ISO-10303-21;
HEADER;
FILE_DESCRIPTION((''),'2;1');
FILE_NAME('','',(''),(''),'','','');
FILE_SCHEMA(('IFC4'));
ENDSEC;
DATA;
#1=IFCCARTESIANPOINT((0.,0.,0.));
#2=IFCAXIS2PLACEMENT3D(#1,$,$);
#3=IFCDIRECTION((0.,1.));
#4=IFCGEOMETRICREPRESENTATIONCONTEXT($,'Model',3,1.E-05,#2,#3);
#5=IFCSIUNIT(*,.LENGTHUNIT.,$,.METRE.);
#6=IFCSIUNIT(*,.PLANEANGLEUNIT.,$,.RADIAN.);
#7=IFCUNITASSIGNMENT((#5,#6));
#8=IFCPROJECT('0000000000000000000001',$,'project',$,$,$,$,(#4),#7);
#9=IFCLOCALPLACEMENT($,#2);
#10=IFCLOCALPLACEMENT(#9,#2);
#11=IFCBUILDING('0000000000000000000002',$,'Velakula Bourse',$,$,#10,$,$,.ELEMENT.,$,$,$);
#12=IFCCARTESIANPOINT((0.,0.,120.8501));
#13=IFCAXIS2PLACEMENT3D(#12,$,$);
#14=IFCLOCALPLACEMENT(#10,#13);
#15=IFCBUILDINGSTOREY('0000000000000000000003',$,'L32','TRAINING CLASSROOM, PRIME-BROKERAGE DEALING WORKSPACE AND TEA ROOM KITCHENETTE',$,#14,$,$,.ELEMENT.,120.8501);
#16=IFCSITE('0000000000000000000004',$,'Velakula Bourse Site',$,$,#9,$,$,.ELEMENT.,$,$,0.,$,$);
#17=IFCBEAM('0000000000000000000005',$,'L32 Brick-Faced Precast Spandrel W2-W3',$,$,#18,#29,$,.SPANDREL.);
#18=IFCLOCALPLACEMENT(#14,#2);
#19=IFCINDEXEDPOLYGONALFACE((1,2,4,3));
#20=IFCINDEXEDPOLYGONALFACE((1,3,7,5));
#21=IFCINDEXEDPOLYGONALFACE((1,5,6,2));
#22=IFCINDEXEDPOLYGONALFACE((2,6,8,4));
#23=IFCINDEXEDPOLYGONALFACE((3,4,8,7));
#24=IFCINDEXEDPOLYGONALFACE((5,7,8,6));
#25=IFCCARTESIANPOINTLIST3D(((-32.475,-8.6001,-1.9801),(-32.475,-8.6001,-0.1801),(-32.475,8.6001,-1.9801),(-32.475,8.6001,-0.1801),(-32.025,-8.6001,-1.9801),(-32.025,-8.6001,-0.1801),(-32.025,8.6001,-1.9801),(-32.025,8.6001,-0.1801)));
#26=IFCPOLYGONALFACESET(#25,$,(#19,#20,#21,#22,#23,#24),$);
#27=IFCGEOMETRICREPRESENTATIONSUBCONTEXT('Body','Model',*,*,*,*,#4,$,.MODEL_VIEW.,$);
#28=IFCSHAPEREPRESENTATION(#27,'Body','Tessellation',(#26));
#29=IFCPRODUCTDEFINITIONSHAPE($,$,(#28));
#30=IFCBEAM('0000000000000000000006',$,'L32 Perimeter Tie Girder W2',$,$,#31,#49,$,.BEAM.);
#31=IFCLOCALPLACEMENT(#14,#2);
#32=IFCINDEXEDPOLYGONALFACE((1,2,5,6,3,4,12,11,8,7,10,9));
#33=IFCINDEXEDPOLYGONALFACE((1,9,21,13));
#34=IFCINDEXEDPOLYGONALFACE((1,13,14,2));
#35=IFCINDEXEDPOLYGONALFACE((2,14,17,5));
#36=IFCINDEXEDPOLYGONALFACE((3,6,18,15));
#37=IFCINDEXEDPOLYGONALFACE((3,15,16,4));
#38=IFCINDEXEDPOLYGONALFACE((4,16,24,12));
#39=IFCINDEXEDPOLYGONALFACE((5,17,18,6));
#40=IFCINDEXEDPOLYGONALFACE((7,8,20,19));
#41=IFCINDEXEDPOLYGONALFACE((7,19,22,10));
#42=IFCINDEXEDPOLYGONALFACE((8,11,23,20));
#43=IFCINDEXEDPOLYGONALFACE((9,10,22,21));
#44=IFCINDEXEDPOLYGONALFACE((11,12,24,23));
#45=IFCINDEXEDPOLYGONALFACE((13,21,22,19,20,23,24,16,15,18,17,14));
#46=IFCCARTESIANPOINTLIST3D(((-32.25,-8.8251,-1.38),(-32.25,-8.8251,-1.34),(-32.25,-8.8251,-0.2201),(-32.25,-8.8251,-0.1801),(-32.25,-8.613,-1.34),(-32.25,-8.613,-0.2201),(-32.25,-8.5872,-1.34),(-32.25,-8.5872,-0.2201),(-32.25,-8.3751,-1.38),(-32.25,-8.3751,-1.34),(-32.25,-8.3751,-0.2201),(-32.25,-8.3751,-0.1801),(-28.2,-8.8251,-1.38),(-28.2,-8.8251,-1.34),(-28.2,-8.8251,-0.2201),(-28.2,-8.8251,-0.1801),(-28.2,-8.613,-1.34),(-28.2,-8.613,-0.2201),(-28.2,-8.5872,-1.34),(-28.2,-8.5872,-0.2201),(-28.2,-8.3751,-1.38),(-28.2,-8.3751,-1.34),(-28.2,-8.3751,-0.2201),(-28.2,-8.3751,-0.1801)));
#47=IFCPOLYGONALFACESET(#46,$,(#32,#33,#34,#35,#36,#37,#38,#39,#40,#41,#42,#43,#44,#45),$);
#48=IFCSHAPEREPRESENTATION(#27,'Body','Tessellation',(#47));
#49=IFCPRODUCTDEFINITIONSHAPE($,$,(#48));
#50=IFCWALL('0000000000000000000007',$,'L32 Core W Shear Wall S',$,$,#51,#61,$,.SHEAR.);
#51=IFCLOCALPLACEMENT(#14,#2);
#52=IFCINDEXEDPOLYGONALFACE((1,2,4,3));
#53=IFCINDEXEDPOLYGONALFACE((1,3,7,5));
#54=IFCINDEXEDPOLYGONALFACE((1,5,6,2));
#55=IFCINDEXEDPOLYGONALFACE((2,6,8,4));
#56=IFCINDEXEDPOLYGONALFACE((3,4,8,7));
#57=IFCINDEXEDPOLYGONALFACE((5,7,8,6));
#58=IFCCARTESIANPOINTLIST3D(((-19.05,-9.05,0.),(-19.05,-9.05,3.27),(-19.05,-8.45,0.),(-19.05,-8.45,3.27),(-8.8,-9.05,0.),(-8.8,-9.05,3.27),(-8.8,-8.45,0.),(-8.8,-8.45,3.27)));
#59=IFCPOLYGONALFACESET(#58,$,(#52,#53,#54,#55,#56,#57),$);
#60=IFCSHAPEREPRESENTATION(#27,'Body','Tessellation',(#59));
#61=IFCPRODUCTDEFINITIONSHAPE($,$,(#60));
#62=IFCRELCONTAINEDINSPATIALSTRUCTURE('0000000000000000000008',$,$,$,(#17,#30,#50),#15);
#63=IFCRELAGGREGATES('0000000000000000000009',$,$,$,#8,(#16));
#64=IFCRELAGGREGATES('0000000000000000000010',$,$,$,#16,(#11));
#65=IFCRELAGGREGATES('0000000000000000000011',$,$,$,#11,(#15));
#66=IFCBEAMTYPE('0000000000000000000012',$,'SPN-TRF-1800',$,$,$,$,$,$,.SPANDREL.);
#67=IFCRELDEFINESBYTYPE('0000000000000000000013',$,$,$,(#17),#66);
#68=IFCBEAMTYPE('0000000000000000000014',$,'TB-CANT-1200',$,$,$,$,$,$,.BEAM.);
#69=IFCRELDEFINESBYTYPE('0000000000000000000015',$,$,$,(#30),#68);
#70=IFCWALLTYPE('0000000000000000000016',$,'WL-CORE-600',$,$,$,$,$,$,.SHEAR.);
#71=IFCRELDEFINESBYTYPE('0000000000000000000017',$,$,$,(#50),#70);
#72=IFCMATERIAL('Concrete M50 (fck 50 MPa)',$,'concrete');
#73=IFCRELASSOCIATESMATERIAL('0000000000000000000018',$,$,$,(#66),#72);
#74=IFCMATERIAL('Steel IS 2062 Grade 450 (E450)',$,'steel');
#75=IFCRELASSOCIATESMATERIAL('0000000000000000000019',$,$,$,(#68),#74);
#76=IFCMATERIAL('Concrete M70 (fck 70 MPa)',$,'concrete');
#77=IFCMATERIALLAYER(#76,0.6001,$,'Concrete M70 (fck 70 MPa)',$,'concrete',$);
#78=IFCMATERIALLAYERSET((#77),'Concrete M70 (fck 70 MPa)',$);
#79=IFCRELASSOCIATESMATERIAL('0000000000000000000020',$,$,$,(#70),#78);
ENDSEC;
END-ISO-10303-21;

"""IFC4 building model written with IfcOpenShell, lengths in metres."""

from ifc_helpers import new_model, si_unit, direction, frame, frame_2d, origin, origin_2d, place, context, subcontext, project, spatial, rectangle, i_section, extrude, material, layer, layer_set, material_profile, profile_set, type_object, element, save


model = new_model("IFC4")

# Units and contexts
model_context = context("Model", 3, precision=1e-05, world=origin(), true_north=direction((0.0, 1.0)))
body_context = subcontext(model_context, "Body", "Model", "MODEL_VIEW")
ifc_project = project(units=[si_unit("LENGTHUNIT", "METRE"), si_unit("PLANEANGLEUNIT", "RADIAN")], contexts=[model_context])

# Site, building, storey
site_placement = place(None, origin())
site = spatial("IfcSite", under=ifc_project, at=site_placement, Name="Velakula Bourse Site", CompositionType="ELEMENT", RefElevation=0.0)
building_placement = place(site_placement, origin())
building = spatial("IfcBuilding", under=site, at=building_placement, Name="Velakula Bourse", CompositionType="ELEMENT")
storey_placement = place(building_placement, frame((0.0, 0.0, 120.8501)))
storey = spatial("IfcBuildingStorey", under=building, at=storey_placement, Name="L32", Description="TRAINING CLASSROOM, PRIME-BROKERAGE DEALING WORKSPACE AND TEA ROOM KITCHENETTE", CompositionType="ELEMENT", Elevation=120.8501)

# Beams
ifc_material_1 = material(Name="Concrete M50 (fck 50 MPa)", Category="concrete")
ifc_material_profile_1 = material_profile(ifc_material_1, rectangle(XDim=0.45, YDim=1.8, at=origin_2d()), Name="Concrete M50 (fck 50 MPa)")
ifc_profile_set_1 = profile_set([ifc_material_profile_1], Name="Concrete M50 (fck 50 MPa)")
beam_type_1 = type_object("IfcBeamType", Name="SPN-TRF-1800", PredefinedType="SPANDREL", material=ifc_profile_set_1)
beam_1_placement = place(storey_placement, frame((-32.25, -8.6001, -1.0801), z_axis=(0.0, 1.0, 0.0), x_axis=(-1.0, 0.0, 0.0)))
element("IfcBeam", 1, at=beam_1_placement, inside=storey, type_object=beam_type_1, Name="L32 Brick-Faced Precast Spandrel W2-W3", PredefinedType="SPANDREL", context=body_context, shape_type="SweptSolid", body=[
    extrude(rectangle(XDim=0.45, YDim=1.8, at=origin_2d()), origin(), (0.0, 0.0, 1.0), 17.2002),
])
ifc_material_2 = material(Name="Steel IS 2062 Grade 450 (E450)", Category="steel")
ifc_material_profile_2 = material_profile(ifc_material_2, i_section(OverallWidth=0.45, OverallDepth=1.2, WebThickness=0.0259, FlangeThickness=0.04, at=origin_2d()), Name="Steel IS 2062 Grade 450 (E450)")
ifc_profile_set_2 = profile_set([ifc_material_profile_2], Name="Steel IS 2062 Grade 450 (E450)")
beam_type_2 = type_object("IfcBeamType", Name="TB-CANT-1200", PredefinedType="BEAM", material=ifc_profile_set_2)
beam_2_placement = place(storey_placement, frame((-28.2, -8.6001, -0.78), z_axis=(-1.0, 0.0, 0.0), x_axis=(0.0, -1.0, 0.0)))
element("IfcBeam", 2, at=beam_2_placement, inside=storey, type_object=beam_type_2, Name="L32 Perimeter Tie Girder W2", PredefinedType="BEAM", context=body_context, shape_type="SweptSolid", body=[
    extrude(i_section(OverallWidth=0.45, OverallDepth=1.2, WebThickness=0.0259, FlangeThickness=0.04, at=origin_2d()), origin(), (0.0, 0.0, 1.0), 4.05),
])

# Wall
ifc_material_3 = material(Name="Concrete M70 (fck 70 MPa)", Category="concrete")
ifc_layer_1 = layer(ifc_material_3, 0.6001, Name="Concrete M70 (fck 70 MPa)", Category="concrete")
ifc_layer_set_1 = layer_set([ifc_layer_1], Name="Concrete M70 (fck 70 MPa)")
wall_type_1 = type_object("IfcWallType", Name="WL-CORE-600", PredefinedType="SHEAR", material=ifc_layer_set_1)
wall_1_placement = place(storey_placement, frame((-19.05, -8.75, 0.0), z_axis=(0.0, 0.0, 1.0), x_axis=(1.0, 0.0, 0.0)))
element("IfcWall", 3, at=wall_1_placement, inside=storey, type_object=wall_type_1, Name="L32 Core W Shear Wall S", PredefinedType="SHEAR", context=body_context, shape_type="SweptSolid", body=[
    extrude(rectangle(XDim=10.25, YDim=0.6001, at=frame_2d((5.125, 0.0))), origin(), (0.0, 0.0, 1.0), 3.27),
])

save(model, "model.ifc")
